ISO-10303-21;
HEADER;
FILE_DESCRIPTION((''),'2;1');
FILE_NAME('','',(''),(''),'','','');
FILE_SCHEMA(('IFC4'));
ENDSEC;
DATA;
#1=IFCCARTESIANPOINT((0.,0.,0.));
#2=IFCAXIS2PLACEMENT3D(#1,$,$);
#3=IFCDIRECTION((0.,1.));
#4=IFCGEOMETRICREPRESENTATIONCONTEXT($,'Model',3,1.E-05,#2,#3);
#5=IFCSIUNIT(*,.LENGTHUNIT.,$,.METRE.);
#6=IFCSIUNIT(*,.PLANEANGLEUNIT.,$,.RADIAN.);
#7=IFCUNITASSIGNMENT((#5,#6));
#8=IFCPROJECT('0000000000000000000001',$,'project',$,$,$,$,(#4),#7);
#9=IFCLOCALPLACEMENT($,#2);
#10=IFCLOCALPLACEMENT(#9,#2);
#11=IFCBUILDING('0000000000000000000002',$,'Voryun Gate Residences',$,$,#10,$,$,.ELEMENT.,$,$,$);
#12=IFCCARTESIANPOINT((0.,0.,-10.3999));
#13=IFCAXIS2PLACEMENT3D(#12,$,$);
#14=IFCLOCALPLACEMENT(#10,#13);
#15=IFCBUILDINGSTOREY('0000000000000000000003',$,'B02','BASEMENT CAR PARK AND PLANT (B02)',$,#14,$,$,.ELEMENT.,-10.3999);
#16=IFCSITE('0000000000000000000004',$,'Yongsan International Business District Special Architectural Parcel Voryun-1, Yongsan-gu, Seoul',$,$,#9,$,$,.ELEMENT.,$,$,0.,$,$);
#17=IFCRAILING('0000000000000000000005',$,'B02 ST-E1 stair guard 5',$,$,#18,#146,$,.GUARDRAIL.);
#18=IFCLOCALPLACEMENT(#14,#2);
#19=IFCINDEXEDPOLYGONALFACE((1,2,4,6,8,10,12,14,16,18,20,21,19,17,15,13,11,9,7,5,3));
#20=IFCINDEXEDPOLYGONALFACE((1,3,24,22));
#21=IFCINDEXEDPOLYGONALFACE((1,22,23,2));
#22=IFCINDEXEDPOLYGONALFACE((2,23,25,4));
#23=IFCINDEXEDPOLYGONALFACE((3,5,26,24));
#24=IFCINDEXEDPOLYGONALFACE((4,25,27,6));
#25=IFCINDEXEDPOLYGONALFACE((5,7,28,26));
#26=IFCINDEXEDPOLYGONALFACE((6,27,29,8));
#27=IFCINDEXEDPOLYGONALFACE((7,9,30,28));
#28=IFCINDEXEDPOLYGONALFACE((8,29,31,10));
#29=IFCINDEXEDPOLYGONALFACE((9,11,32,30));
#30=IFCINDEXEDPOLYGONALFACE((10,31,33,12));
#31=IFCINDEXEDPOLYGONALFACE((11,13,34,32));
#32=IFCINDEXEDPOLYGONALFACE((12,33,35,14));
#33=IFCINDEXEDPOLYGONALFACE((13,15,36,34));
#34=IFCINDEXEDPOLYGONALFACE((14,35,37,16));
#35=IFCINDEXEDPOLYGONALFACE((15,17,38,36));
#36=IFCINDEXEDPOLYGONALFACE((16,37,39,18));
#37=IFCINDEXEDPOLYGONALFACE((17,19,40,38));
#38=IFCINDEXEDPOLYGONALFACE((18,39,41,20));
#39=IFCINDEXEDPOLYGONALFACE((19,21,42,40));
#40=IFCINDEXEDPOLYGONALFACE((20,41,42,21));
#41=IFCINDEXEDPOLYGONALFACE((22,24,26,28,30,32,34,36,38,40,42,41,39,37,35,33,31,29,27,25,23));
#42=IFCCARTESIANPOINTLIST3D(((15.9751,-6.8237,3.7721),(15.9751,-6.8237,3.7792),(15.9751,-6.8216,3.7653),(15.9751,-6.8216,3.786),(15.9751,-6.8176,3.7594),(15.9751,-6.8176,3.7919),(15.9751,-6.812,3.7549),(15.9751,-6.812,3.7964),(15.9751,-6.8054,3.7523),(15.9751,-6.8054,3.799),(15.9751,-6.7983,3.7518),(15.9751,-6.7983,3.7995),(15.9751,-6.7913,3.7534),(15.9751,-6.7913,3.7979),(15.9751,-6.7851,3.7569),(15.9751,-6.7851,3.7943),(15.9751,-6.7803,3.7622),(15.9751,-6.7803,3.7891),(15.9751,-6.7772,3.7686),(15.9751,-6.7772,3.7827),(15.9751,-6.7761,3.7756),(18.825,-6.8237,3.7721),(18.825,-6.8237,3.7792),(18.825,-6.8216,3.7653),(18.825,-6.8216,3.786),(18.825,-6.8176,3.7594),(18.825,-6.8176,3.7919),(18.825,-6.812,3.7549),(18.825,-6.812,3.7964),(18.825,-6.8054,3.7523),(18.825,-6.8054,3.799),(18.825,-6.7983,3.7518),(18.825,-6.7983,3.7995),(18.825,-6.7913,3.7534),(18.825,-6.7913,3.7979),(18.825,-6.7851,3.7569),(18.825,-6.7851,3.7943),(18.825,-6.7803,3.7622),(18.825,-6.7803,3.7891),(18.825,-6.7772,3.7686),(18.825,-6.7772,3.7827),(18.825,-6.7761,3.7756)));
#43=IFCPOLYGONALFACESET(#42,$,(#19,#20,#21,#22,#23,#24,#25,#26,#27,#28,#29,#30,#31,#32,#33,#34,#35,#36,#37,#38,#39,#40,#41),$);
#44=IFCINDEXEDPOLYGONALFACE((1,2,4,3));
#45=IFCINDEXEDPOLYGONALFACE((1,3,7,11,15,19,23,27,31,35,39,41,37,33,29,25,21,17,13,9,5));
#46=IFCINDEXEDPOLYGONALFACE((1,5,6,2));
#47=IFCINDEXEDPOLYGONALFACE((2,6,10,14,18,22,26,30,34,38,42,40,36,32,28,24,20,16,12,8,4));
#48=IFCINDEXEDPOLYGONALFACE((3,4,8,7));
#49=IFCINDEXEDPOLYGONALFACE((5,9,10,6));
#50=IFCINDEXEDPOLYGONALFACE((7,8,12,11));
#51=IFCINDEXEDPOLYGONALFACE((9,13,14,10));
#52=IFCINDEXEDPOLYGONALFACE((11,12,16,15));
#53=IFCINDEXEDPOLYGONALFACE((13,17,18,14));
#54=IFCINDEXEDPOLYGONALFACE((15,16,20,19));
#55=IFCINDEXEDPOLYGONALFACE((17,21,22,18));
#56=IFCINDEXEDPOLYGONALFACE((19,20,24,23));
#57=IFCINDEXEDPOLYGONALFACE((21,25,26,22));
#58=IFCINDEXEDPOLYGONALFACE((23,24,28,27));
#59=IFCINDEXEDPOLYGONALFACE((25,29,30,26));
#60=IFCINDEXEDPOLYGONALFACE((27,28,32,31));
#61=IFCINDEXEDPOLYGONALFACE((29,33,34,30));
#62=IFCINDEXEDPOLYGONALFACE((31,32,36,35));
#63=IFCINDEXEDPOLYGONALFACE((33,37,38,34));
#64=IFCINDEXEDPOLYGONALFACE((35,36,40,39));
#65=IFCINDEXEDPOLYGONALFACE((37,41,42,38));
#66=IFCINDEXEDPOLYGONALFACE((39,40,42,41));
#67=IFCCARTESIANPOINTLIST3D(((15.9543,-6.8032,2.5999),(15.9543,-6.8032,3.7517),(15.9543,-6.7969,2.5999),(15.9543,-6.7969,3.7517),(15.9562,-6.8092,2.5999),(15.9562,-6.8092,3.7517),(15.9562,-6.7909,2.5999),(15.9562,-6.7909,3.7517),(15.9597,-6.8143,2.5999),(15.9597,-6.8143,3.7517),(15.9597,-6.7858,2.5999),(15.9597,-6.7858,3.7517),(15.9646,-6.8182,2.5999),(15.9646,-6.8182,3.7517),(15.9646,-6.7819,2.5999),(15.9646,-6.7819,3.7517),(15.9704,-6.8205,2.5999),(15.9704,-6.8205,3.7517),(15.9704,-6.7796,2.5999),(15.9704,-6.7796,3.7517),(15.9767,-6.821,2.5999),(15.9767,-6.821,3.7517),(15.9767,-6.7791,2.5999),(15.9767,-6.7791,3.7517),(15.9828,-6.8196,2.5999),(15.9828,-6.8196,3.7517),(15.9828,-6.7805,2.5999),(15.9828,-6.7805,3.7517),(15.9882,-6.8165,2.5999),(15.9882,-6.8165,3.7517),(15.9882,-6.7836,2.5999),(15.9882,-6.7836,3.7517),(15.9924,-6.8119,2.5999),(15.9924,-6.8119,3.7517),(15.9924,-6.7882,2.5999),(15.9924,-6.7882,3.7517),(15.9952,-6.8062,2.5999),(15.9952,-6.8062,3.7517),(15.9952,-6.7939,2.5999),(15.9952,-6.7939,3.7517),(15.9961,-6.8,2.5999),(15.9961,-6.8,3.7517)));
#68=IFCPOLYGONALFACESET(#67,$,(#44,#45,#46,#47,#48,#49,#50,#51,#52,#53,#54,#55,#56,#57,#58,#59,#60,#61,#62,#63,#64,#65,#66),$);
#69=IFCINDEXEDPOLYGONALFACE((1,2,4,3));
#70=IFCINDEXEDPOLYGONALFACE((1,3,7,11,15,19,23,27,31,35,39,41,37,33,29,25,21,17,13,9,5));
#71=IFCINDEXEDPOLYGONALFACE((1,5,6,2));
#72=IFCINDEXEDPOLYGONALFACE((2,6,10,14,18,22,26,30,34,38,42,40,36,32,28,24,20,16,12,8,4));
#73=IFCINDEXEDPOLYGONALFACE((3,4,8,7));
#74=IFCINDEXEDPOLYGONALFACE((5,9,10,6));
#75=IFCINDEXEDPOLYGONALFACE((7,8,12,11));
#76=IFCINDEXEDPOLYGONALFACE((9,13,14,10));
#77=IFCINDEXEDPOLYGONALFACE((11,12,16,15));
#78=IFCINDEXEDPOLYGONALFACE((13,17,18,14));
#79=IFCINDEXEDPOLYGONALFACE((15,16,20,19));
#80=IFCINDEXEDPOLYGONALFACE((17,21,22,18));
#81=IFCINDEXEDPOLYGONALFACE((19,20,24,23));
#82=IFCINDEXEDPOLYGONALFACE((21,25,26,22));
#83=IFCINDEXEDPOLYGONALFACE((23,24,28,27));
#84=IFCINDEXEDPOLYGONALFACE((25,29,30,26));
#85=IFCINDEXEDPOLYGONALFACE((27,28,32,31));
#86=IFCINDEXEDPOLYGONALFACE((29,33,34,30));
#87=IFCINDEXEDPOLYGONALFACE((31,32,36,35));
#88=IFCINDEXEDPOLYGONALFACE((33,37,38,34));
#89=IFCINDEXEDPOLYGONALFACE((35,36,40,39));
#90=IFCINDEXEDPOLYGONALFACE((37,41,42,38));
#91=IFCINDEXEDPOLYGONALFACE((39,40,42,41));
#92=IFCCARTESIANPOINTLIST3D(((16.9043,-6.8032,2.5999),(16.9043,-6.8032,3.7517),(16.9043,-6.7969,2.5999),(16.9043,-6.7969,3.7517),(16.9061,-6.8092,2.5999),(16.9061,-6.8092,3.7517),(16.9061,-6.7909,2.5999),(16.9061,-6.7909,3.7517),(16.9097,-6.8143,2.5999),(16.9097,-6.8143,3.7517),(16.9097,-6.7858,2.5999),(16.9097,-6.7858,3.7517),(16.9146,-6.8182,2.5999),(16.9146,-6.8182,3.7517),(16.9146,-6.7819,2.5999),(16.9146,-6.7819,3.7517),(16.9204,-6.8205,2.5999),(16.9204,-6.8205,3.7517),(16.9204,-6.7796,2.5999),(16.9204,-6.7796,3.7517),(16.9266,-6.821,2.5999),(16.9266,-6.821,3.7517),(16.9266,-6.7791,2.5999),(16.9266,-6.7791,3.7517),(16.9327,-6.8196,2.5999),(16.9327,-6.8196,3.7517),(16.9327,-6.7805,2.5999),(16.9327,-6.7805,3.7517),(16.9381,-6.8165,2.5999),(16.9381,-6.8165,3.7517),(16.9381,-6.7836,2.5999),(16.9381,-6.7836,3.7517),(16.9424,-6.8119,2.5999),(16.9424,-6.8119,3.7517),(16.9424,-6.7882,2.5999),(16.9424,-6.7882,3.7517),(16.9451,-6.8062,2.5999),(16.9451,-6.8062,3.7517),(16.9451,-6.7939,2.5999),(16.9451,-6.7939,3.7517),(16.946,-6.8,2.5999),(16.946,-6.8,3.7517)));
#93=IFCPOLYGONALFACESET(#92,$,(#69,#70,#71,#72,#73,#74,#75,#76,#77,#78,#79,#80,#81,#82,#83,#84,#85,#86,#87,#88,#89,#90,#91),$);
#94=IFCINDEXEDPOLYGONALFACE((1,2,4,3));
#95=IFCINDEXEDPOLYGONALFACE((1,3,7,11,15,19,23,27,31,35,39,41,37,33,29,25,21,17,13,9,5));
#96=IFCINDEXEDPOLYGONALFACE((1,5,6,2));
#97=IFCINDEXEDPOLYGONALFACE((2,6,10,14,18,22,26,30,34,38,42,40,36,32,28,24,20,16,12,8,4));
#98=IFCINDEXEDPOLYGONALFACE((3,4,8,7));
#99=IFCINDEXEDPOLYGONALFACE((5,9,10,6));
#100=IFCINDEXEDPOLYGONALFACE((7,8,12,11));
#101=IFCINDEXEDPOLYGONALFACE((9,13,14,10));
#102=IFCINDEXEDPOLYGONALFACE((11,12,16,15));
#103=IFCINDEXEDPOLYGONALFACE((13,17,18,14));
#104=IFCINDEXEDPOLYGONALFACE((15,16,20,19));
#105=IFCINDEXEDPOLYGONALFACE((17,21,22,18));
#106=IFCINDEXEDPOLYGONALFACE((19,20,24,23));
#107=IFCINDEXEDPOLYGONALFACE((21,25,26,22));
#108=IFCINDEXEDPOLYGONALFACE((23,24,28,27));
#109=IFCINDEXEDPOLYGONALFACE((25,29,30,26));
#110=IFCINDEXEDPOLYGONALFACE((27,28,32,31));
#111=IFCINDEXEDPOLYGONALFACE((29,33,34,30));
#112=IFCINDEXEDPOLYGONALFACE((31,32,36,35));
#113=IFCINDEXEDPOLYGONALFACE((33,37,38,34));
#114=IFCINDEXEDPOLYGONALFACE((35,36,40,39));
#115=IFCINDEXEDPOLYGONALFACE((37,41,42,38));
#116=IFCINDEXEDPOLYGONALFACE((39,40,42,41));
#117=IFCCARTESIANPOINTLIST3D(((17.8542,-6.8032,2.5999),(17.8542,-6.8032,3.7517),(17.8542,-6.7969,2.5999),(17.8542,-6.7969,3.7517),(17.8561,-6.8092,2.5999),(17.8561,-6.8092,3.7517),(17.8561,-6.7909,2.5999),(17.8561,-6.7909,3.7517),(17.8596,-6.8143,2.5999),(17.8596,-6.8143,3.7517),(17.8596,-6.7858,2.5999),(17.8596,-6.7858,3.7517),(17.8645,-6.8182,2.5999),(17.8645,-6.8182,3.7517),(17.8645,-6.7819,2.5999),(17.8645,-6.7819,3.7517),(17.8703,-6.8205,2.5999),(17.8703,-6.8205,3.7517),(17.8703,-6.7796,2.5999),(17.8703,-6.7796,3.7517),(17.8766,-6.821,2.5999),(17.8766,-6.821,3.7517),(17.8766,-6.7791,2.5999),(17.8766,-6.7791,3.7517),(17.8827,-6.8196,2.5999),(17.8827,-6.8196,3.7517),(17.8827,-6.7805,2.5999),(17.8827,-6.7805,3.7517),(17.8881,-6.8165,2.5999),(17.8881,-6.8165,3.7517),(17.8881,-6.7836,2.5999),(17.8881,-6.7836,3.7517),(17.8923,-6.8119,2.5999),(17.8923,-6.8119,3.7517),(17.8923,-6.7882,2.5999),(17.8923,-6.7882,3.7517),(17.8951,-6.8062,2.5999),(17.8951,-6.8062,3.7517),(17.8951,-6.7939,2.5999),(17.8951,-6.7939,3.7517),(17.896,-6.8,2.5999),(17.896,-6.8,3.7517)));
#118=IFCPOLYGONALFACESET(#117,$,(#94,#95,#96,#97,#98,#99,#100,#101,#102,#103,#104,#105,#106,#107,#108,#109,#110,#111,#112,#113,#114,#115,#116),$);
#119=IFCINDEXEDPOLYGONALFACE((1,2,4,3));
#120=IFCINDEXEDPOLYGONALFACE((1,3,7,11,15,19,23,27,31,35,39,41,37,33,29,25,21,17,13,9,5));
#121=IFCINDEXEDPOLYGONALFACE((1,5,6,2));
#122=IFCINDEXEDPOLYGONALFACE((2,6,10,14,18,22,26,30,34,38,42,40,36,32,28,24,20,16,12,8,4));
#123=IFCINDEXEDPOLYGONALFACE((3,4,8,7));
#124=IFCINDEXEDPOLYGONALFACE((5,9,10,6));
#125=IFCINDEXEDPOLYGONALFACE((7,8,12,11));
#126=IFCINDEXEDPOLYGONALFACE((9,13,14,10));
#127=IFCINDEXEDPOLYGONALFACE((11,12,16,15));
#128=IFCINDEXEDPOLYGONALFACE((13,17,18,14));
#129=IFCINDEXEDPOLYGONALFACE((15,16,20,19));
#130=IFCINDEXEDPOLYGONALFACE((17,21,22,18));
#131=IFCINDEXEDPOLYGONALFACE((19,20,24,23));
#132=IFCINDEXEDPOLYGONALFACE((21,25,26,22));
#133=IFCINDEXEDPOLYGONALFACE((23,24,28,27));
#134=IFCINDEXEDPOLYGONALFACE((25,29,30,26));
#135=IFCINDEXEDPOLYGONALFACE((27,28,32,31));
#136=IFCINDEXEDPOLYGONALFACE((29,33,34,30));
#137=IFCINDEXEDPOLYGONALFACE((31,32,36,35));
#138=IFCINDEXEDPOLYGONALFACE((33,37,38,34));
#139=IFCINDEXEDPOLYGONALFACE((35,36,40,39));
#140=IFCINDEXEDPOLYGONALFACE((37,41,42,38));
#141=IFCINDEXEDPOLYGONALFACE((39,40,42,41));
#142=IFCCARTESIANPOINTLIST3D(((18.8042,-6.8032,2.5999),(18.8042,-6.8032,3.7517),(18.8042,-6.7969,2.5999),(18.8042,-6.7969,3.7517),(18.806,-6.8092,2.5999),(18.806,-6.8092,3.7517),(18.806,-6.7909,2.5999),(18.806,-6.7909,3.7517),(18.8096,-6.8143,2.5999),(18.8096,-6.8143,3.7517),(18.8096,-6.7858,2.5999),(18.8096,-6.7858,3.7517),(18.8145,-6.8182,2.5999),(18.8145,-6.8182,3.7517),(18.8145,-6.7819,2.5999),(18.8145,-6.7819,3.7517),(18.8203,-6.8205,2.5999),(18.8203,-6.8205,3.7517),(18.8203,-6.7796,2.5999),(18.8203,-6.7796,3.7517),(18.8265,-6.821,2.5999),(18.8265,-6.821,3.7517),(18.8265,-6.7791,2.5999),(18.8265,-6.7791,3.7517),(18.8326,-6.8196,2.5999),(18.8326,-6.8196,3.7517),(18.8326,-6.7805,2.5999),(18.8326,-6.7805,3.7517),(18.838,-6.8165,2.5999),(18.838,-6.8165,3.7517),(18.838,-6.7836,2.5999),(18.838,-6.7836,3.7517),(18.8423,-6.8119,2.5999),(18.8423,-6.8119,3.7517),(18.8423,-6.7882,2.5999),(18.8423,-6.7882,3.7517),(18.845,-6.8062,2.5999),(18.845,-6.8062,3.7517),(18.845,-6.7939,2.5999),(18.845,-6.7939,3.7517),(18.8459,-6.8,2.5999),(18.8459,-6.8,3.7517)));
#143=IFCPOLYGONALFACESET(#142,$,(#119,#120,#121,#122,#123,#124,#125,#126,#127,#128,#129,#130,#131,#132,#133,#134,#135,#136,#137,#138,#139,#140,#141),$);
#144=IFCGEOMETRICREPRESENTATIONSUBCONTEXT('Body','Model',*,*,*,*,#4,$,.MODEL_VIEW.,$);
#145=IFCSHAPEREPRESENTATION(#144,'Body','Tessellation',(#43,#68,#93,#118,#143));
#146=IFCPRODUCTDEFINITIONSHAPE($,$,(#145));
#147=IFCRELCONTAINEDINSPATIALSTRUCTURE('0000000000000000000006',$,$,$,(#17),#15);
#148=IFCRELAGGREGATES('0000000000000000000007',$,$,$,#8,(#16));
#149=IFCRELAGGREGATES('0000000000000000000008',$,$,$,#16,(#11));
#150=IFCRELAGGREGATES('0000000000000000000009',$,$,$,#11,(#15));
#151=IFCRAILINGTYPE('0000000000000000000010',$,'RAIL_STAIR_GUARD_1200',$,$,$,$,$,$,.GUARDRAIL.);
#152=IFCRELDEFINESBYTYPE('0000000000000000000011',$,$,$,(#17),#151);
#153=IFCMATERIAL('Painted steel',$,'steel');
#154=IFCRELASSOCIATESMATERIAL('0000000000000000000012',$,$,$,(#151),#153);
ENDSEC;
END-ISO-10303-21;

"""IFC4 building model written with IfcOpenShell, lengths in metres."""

from ifc_helpers import new_model, si_unit, direction, frame, origin, origin_2d, place, context, subcontext, project, spatial, circle, extrude, material, type_object, element, save


model = new_model("IFC4")

# Units and contexts
model_context = context("Model", 3, precision=1e-05, world=origin(), true_north=direction((0.0, 1.0)))
body_context = subcontext(model_context, "Body", "Model", "MODEL_VIEW")
ifc_project = project(units=[si_unit("LENGTHUNIT", "METRE"), si_unit("PLANEANGLEUNIT", "RADIAN")], contexts=[model_context])

# Site, building, storey
site_placement = place(None, origin())
site = spatial("IfcSite", under=ifc_project, at=site_placement, Name="Yongsan International Business District Special Architectural Parcel Voryun-1, Yongsan-gu, Seoul", CompositionType="ELEMENT", RefElevation=0.0)
building_placement = place(site_placement, origin())
building = spatial("IfcBuilding", under=site, at=building_placement, Name="Voryun Gate Residences", CompositionType="ELEMENT")
storey_placement = place(building_placement, frame((0.0, 0.0, -10.3999)))
storey = spatial("IfcBuildingStorey", under=building, at=storey_placement, Name="B02", Description="BASEMENT CAR PARK AND PLANT (B02)", CompositionType="ELEMENT", Elevation=-10.3999)

# Railing
ifc_material_1 = material(Name="Painted steel", Category="steel")
railing_type_1 = type_object("IfcRailingType", Name="RAIL_STAIR_GUARD_1200", PredefinedType="GUARDRAIL", material=ifc_material_1)
railing_1_placement = place(storey_placement, frame((15.9751, -6.8, 2.5999)))
element("IfcRailing", 1, at=railing_1_placement, inside=storey, type_object=railing_type_1, Name="B02 ST-E1 stair guard 5", PredefinedType="GUARDRAIL", context=body_context, shape_type="SweptSolid", body=[
    extrude(circle(Radius=0.0239, at=origin_2d()), frame((0.0, 0.0, 1.1758), z_axis=(1.0, 0.0, 0.0), x_axis=(0.0, 1.0, 0.0)), (0.0, 0.0, 1.0), 2.8499),
    extrude(circle(Radius=0.021, at=origin_2d()), origin(), (0.0, 0.0, 1.0), 1.1519),
    extrude(circle(Radius=0.021, at=origin_2d()), frame((0.95, 0.0, 0.0)), (0.0, 0.0, 1.0), 1.1519),
    extrude(circle(Radius=0.021, at=origin_2d()), frame((1.8999, 0.0, 0.0)), (0.0, 0.0, 1.0), 1.1519),
    extrude(circle(Radius=0.021, at=origin_2d()), frame((2.8499, 0.0, 0.0)), (0.0, 0.0, 1.0), 1.1519),
])

save(model, "model.ifc")
